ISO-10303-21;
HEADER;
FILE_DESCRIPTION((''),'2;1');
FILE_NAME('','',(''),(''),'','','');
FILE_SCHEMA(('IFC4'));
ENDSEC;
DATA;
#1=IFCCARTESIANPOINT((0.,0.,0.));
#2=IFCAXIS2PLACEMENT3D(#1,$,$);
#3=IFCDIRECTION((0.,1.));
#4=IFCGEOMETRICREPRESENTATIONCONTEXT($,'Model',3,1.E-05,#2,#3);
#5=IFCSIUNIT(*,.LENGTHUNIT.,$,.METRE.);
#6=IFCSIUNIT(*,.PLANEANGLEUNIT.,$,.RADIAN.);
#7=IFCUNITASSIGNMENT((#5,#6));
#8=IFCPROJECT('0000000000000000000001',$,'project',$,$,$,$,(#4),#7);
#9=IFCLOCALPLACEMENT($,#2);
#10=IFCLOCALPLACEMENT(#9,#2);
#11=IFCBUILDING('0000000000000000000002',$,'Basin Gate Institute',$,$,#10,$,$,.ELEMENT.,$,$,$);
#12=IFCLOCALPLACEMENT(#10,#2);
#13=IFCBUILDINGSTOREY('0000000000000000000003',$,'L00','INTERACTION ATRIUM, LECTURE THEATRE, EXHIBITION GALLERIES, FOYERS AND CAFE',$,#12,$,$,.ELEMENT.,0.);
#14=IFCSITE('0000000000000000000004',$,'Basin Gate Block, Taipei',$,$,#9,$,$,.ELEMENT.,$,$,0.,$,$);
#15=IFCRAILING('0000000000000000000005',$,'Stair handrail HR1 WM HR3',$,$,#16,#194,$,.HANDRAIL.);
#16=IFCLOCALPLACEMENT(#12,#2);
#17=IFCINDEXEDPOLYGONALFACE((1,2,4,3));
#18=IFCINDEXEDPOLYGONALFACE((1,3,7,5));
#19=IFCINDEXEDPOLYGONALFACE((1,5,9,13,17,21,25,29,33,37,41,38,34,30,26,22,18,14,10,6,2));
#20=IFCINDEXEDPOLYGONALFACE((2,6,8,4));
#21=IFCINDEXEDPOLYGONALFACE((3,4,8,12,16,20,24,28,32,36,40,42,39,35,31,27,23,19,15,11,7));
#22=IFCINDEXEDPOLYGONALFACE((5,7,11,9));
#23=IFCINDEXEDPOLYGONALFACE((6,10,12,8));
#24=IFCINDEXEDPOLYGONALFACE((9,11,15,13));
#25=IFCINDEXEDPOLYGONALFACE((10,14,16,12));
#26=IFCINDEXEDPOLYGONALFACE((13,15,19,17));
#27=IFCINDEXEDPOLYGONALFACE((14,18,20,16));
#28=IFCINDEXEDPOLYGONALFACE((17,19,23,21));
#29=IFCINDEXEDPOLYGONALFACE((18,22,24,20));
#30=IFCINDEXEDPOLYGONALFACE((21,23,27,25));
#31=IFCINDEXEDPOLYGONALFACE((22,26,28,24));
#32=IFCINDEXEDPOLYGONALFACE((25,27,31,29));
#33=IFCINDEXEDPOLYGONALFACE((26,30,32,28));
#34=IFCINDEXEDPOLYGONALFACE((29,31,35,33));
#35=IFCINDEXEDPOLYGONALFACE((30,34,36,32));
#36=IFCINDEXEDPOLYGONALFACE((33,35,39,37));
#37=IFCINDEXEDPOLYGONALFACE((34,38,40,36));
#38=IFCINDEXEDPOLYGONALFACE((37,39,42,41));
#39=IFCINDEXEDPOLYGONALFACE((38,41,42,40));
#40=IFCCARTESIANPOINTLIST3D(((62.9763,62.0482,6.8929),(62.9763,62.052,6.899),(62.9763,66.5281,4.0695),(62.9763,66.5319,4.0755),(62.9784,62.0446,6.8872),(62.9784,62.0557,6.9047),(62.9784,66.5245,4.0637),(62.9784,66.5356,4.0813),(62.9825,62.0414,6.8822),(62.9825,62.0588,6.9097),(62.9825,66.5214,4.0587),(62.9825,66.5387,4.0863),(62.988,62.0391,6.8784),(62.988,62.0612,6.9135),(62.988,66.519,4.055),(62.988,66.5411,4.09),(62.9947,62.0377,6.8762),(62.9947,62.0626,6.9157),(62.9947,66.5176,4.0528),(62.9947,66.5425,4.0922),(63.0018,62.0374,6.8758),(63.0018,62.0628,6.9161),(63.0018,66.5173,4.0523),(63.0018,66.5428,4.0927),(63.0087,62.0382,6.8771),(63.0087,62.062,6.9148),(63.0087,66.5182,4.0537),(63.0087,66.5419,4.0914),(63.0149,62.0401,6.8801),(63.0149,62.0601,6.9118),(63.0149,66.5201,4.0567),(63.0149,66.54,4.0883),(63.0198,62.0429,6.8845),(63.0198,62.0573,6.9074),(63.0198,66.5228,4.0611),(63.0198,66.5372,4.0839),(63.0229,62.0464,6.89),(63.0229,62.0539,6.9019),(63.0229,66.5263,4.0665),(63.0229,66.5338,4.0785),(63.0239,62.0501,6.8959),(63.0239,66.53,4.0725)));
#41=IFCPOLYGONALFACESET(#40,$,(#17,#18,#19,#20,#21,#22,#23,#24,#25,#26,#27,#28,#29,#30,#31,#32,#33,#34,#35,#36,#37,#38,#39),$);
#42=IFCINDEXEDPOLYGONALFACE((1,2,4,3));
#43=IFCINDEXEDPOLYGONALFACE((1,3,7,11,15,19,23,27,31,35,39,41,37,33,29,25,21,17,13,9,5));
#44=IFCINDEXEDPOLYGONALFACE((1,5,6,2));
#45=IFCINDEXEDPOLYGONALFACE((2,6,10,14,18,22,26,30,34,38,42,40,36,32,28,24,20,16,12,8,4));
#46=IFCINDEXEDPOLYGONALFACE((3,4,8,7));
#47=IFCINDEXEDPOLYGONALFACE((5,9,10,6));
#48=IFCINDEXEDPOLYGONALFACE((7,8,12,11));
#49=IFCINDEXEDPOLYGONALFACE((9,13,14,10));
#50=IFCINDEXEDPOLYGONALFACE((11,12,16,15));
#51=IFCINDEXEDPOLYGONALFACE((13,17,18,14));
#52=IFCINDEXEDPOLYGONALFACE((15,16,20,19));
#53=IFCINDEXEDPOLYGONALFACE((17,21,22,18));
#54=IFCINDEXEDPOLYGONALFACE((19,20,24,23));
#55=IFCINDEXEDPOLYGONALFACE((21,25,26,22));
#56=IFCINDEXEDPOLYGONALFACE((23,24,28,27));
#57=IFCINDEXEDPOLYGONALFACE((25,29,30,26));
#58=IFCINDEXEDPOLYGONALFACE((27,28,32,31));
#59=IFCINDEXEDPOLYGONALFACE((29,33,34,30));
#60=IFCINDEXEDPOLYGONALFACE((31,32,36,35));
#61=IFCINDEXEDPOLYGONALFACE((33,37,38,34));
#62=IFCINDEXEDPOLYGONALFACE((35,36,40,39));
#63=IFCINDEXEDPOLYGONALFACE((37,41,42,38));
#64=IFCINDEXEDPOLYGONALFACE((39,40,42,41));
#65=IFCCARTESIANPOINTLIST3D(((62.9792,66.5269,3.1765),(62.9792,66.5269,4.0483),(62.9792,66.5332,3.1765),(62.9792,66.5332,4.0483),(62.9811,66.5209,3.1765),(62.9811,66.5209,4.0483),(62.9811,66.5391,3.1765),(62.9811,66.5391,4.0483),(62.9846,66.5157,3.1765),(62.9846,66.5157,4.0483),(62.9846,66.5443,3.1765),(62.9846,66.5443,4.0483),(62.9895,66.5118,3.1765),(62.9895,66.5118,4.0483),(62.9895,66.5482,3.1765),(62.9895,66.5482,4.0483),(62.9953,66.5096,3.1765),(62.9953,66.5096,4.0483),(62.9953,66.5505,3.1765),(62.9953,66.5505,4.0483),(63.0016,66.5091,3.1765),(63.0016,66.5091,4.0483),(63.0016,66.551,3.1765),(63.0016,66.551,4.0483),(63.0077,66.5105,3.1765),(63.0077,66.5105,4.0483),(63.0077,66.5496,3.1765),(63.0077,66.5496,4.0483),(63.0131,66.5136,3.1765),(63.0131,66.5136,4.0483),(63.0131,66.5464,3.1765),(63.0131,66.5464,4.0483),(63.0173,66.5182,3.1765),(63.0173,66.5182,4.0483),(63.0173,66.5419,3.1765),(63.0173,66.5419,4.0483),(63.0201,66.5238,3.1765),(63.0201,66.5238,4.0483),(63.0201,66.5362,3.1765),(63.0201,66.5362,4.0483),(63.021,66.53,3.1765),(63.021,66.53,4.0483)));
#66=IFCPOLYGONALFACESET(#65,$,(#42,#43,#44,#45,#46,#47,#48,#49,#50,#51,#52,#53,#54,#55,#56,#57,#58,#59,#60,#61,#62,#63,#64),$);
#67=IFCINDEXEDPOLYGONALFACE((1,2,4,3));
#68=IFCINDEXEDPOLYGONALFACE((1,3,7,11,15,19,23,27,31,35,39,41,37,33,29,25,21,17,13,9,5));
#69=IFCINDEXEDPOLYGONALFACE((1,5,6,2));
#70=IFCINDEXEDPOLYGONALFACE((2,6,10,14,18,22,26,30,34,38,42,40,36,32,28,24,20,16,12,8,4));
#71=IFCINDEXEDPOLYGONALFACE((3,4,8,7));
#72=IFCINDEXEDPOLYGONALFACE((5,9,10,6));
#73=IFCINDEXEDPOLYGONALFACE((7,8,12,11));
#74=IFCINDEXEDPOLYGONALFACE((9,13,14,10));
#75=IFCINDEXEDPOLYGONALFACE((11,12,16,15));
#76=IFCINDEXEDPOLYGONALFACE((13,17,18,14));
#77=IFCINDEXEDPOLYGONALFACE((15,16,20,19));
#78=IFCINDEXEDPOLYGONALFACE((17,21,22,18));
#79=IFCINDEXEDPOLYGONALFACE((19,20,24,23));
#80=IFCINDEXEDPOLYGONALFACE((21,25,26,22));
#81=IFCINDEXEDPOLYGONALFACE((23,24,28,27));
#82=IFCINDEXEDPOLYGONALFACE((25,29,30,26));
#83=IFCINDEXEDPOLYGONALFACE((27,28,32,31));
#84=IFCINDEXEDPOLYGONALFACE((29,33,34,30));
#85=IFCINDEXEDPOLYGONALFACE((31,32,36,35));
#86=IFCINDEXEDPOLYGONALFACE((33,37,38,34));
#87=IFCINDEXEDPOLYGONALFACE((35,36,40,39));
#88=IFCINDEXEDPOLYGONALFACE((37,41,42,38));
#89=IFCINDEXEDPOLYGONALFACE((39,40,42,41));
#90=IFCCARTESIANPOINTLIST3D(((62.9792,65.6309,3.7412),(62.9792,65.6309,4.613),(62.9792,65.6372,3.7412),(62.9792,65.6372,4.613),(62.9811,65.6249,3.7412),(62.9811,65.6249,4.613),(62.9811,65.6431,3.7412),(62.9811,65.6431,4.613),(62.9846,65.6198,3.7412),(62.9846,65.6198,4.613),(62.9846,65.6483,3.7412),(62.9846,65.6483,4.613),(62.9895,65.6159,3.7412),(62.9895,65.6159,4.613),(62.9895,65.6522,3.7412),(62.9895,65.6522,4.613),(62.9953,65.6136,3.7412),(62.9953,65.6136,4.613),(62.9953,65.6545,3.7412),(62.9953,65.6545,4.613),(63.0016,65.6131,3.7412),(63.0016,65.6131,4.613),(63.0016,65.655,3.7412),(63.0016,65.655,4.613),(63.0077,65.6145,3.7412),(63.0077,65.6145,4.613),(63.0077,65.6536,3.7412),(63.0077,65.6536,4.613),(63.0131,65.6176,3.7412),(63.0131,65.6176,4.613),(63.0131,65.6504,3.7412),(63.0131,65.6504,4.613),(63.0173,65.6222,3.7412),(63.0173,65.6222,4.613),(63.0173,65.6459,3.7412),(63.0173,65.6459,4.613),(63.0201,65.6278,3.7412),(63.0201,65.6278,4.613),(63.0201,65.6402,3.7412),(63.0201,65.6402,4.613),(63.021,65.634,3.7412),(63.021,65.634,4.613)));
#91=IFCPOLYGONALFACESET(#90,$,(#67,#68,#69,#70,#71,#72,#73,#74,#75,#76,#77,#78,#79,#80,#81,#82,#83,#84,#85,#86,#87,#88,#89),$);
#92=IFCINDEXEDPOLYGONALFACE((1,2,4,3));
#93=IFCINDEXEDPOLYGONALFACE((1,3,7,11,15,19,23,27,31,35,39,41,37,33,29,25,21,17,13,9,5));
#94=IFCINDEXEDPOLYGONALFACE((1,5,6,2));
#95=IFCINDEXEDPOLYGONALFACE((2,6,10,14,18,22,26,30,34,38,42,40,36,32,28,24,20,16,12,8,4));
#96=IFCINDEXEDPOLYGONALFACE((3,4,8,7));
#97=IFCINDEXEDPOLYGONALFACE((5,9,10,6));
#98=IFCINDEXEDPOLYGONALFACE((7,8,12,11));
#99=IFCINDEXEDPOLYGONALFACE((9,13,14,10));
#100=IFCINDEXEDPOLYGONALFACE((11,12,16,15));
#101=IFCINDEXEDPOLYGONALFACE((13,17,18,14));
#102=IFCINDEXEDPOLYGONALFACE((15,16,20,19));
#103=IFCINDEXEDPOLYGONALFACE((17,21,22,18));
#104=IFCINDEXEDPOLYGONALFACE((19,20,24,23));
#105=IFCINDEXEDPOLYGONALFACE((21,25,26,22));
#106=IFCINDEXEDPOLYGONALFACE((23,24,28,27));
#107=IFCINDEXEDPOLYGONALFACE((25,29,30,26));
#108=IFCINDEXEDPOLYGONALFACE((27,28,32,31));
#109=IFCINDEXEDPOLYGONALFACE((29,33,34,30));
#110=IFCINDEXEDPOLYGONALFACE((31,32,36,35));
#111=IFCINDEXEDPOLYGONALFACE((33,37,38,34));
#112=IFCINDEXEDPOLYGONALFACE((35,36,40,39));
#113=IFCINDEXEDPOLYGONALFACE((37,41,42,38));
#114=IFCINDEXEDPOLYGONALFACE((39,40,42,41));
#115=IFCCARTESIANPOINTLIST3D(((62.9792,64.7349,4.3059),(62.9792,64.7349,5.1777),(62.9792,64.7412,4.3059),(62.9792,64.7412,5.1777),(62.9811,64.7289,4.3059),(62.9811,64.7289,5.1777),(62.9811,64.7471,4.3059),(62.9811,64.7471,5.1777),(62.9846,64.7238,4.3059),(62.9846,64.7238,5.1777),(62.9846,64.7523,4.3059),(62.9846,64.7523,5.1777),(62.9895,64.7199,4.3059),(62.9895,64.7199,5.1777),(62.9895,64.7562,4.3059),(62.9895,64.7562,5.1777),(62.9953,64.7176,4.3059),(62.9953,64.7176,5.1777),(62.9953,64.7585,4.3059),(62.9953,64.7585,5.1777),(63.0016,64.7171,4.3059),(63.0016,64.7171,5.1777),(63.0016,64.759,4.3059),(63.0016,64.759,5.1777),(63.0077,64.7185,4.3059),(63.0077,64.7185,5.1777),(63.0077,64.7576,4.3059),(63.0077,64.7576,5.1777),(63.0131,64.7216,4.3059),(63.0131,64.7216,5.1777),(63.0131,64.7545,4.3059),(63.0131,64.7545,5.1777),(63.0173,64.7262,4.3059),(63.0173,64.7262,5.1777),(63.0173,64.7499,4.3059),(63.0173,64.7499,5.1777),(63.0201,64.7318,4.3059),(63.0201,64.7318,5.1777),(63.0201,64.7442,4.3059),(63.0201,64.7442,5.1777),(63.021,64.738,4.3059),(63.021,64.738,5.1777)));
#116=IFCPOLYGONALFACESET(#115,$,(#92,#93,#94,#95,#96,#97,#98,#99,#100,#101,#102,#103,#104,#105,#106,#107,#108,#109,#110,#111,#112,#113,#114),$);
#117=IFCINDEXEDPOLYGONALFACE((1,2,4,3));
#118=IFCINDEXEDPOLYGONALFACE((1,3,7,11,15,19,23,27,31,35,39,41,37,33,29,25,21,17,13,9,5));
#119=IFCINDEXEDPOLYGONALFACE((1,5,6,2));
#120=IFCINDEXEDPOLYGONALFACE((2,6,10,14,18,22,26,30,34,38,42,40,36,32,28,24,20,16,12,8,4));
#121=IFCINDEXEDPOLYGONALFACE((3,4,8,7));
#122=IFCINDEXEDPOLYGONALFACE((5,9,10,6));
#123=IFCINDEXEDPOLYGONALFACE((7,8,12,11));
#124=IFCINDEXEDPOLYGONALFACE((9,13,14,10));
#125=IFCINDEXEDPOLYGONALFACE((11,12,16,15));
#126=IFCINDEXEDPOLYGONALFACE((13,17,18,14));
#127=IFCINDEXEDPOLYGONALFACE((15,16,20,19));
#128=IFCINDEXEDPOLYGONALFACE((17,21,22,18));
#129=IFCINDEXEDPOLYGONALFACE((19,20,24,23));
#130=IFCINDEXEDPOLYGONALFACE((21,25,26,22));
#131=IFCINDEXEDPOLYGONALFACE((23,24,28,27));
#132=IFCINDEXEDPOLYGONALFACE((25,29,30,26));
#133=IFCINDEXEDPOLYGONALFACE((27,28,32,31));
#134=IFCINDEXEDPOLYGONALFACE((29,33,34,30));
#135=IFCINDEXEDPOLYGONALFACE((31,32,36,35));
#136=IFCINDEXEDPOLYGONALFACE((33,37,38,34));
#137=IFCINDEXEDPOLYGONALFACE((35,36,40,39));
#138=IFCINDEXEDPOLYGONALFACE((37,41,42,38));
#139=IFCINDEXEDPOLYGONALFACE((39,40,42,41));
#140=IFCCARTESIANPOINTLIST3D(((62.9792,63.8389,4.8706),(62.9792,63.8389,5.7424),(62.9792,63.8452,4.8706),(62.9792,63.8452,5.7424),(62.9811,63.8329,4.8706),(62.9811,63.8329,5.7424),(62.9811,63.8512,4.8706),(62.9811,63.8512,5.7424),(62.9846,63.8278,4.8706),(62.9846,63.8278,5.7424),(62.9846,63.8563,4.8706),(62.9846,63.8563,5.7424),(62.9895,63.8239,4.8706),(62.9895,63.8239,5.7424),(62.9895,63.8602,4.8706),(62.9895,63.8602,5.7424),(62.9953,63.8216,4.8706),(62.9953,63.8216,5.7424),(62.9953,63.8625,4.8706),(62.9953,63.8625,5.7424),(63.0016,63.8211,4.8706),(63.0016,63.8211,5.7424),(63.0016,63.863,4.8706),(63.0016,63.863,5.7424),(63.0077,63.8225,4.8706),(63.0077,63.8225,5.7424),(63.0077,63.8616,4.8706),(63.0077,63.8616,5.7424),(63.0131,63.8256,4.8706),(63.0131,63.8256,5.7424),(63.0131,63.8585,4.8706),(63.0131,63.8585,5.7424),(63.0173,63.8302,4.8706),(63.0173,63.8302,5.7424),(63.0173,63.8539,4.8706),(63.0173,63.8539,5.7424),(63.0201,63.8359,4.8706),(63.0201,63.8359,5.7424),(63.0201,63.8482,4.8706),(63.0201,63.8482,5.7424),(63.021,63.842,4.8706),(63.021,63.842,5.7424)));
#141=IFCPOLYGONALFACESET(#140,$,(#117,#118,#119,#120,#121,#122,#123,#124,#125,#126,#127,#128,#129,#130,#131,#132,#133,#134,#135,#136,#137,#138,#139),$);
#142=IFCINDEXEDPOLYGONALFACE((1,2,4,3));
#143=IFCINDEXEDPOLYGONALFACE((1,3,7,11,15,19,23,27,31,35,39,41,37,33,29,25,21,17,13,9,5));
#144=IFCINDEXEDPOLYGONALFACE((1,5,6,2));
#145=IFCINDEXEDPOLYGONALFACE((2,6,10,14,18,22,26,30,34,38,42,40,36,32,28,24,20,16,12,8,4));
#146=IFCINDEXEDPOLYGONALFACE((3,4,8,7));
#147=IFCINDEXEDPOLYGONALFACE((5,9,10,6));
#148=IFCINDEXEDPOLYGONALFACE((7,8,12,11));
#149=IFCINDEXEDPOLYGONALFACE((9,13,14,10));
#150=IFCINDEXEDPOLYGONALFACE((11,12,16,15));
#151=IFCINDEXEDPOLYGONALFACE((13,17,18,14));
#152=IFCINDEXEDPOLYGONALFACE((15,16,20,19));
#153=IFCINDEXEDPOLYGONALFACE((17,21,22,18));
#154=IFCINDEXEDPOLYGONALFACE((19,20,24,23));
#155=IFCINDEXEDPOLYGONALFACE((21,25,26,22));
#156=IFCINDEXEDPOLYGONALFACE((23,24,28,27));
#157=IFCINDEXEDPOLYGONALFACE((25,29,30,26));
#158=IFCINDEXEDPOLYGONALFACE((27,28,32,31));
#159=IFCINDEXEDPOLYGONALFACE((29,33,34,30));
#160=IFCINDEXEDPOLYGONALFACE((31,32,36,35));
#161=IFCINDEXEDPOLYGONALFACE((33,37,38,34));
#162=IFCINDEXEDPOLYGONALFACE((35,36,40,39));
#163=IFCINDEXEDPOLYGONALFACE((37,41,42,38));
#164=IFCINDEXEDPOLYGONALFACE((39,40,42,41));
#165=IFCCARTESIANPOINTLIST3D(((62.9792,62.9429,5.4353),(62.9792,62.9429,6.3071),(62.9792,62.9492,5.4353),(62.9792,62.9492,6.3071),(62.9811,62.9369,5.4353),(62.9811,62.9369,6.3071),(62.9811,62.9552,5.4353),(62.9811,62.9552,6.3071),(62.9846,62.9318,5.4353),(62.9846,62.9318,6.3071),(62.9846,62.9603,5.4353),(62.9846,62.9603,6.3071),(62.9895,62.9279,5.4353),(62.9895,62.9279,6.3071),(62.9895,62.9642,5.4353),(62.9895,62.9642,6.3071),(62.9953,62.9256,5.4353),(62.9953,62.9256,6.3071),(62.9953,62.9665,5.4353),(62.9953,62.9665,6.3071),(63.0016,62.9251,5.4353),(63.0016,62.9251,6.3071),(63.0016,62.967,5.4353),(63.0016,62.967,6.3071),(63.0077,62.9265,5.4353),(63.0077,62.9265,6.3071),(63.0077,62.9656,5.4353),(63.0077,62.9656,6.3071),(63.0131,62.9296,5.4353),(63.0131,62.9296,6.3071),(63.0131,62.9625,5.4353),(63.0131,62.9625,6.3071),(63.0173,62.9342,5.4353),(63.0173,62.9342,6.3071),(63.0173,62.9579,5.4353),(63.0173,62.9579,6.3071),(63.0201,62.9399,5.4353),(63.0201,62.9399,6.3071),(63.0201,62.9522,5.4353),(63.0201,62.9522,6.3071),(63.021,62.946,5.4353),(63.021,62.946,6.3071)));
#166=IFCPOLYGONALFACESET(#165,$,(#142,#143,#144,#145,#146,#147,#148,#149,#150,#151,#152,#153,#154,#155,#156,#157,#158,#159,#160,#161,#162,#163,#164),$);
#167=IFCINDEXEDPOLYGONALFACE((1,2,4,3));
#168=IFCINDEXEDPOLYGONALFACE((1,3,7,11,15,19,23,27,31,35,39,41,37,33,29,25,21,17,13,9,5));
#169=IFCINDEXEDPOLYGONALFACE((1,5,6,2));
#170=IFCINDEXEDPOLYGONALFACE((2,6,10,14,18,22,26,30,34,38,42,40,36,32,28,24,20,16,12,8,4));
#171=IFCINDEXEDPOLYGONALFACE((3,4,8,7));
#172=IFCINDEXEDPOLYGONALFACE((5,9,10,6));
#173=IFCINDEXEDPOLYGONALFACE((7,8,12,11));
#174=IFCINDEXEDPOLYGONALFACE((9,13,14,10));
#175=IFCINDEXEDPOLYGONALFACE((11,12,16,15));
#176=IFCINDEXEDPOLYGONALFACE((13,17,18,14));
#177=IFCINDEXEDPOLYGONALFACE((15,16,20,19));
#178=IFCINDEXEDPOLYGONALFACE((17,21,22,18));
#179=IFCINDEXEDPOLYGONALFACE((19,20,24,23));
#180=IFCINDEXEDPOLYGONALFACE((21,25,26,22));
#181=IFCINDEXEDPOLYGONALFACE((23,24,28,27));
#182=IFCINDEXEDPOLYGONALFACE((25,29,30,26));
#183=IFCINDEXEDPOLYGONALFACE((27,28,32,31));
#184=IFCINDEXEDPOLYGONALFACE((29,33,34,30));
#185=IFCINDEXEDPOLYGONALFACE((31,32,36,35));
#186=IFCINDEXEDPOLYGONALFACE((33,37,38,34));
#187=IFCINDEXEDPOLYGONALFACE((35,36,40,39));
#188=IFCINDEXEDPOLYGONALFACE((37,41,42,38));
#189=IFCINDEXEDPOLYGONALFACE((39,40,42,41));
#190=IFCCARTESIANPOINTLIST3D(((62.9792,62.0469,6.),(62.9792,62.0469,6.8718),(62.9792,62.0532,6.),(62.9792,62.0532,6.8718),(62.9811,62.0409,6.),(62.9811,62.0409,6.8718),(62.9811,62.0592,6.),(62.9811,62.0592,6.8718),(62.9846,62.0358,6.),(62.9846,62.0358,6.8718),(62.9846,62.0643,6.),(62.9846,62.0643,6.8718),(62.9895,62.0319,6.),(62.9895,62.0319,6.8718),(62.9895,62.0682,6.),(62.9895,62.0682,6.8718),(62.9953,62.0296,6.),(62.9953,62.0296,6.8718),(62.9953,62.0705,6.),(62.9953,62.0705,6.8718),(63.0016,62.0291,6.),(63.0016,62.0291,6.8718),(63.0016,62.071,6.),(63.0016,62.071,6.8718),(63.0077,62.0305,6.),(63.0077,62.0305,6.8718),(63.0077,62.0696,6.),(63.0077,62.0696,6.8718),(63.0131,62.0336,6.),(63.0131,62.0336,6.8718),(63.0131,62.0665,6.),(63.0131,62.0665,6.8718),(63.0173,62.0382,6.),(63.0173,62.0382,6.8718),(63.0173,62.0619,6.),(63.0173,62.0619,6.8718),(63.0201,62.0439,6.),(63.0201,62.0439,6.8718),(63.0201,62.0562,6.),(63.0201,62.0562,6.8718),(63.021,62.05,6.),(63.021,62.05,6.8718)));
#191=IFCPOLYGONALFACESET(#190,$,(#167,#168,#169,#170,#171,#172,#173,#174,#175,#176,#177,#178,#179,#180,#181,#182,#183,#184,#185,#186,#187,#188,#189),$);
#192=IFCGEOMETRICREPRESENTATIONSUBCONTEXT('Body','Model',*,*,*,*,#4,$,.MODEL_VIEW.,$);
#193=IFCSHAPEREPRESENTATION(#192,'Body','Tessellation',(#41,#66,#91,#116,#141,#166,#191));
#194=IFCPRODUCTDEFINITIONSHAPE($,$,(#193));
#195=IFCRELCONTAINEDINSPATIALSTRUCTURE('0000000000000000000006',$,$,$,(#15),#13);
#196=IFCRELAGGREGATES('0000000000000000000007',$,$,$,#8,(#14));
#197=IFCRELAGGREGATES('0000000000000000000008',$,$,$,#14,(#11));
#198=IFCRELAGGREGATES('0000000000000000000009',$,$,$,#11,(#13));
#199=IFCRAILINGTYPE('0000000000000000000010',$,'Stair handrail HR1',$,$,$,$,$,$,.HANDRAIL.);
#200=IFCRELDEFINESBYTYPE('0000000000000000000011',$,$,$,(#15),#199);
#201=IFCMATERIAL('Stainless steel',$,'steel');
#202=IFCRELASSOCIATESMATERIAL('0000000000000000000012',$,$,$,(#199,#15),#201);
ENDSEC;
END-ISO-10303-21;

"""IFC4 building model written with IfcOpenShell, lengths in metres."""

from ifc_helpers import new_model, si_unit, direction, frame, origin, origin_2d, place, context, subcontext, project, spatial, circle, extrude, material, type_object, element, save


model = new_model("IFC4")

# Units and contexts
model_context = context("Model", 3, precision=1e-05, world=origin(), true_north=direction((0.0, 1.0)))
body_context = subcontext(model_context, "Body", "Model", "MODEL_VIEW")
ifc_project = project(units=[si_unit("LENGTHUNIT", "METRE"), si_unit("PLANEANGLEUNIT", "RADIAN")], contexts=[model_context])

# Site, building, storey
site_placement = place(None, origin())
site = spatial("IfcSite", under=ifc_project, at=site_placement, Name="Basin Gate Block, Taipei", CompositionType="ELEMENT", RefElevation=0.0)
building_placement = place(site_placement, origin())
building = spatial("IfcBuilding", under=site, at=building_placement, Name="Basin Gate Institute", CompositionType="ELEMENT")
storey_placement = place(building_placement, origin())
storey = spatial("IfcBuildingStorey", under=building, at=storey_placement, Name="L00", Description="INTERACTION ATRIUM, LECTURE THEATRE, EXHIBITION GALLERIES, FOYERS AND CAFE", CompositionType="ELEMENT", Elevation=0.0)

# Railing
ifc_material_1 = material(Name="Stainless steel", Category="steel")
railing_type_1 = type_object("IfcRailingType", Name="Stair handrail HR1", PredefinedType="HANDRAIL", material=ifc_material_1)
railing_1_placement = place(storey_placement, frame((63.0, 66.53, 3.1765)))
element("IfcRailing", 1, at=railing_1_placement, inside=storey, type_object=railing_type_1, material=ifc_material_1, Name="Stair handrail HR1 WM HR3", PredefinedType="HANDRAIL", context=body_context, shape_type="SweptSolid", body=[
    extrude(circle(Radius=0.0239, at=origin_2d()), frame((0.0, 0.0, 0.896), z_axis=(0.0, -0.845998, 0.533186), x_axis=(1.0, 0.0, 0.0)), (0.0, 0.0, 1.0), 5.2954),
    extrude(circle(Radius=0.021, at=origin_2d()), origin(), (0.0, 0.0, 1.0), 0.8718),
    extrude(circle(Radius=0.021, at=origin_2d()), frame((0.0, -0.896, 0.5647)), (0.0, 0.0, 1.0), 0.8718),
    extrude(circle(Radius=0.021, at=origin_2d()), frame((0.0, -1.792, 1.1294)), (0.0, 0.0, 1.0), 0.8718),
    extrude(circle(Radius=0.021, at=origin_2d()), frame((0.0, -2.688, 1.6941)), (0.0, 0.0, 1.0), 0.8718),
    extrude(circle(Radius=0.021, at=origin_2d()), frame((0.0, -3.584, 2.2588)), (0.0, 0.0, 1.0), 0.8718),
    extrude(circle(Radius=0.021, at=origin_2d()), frame((0.0, -4.48, 2.8235)), (0.0, 0.0, 1.0), 0.8718),
])

save(model, "model.ifc")
